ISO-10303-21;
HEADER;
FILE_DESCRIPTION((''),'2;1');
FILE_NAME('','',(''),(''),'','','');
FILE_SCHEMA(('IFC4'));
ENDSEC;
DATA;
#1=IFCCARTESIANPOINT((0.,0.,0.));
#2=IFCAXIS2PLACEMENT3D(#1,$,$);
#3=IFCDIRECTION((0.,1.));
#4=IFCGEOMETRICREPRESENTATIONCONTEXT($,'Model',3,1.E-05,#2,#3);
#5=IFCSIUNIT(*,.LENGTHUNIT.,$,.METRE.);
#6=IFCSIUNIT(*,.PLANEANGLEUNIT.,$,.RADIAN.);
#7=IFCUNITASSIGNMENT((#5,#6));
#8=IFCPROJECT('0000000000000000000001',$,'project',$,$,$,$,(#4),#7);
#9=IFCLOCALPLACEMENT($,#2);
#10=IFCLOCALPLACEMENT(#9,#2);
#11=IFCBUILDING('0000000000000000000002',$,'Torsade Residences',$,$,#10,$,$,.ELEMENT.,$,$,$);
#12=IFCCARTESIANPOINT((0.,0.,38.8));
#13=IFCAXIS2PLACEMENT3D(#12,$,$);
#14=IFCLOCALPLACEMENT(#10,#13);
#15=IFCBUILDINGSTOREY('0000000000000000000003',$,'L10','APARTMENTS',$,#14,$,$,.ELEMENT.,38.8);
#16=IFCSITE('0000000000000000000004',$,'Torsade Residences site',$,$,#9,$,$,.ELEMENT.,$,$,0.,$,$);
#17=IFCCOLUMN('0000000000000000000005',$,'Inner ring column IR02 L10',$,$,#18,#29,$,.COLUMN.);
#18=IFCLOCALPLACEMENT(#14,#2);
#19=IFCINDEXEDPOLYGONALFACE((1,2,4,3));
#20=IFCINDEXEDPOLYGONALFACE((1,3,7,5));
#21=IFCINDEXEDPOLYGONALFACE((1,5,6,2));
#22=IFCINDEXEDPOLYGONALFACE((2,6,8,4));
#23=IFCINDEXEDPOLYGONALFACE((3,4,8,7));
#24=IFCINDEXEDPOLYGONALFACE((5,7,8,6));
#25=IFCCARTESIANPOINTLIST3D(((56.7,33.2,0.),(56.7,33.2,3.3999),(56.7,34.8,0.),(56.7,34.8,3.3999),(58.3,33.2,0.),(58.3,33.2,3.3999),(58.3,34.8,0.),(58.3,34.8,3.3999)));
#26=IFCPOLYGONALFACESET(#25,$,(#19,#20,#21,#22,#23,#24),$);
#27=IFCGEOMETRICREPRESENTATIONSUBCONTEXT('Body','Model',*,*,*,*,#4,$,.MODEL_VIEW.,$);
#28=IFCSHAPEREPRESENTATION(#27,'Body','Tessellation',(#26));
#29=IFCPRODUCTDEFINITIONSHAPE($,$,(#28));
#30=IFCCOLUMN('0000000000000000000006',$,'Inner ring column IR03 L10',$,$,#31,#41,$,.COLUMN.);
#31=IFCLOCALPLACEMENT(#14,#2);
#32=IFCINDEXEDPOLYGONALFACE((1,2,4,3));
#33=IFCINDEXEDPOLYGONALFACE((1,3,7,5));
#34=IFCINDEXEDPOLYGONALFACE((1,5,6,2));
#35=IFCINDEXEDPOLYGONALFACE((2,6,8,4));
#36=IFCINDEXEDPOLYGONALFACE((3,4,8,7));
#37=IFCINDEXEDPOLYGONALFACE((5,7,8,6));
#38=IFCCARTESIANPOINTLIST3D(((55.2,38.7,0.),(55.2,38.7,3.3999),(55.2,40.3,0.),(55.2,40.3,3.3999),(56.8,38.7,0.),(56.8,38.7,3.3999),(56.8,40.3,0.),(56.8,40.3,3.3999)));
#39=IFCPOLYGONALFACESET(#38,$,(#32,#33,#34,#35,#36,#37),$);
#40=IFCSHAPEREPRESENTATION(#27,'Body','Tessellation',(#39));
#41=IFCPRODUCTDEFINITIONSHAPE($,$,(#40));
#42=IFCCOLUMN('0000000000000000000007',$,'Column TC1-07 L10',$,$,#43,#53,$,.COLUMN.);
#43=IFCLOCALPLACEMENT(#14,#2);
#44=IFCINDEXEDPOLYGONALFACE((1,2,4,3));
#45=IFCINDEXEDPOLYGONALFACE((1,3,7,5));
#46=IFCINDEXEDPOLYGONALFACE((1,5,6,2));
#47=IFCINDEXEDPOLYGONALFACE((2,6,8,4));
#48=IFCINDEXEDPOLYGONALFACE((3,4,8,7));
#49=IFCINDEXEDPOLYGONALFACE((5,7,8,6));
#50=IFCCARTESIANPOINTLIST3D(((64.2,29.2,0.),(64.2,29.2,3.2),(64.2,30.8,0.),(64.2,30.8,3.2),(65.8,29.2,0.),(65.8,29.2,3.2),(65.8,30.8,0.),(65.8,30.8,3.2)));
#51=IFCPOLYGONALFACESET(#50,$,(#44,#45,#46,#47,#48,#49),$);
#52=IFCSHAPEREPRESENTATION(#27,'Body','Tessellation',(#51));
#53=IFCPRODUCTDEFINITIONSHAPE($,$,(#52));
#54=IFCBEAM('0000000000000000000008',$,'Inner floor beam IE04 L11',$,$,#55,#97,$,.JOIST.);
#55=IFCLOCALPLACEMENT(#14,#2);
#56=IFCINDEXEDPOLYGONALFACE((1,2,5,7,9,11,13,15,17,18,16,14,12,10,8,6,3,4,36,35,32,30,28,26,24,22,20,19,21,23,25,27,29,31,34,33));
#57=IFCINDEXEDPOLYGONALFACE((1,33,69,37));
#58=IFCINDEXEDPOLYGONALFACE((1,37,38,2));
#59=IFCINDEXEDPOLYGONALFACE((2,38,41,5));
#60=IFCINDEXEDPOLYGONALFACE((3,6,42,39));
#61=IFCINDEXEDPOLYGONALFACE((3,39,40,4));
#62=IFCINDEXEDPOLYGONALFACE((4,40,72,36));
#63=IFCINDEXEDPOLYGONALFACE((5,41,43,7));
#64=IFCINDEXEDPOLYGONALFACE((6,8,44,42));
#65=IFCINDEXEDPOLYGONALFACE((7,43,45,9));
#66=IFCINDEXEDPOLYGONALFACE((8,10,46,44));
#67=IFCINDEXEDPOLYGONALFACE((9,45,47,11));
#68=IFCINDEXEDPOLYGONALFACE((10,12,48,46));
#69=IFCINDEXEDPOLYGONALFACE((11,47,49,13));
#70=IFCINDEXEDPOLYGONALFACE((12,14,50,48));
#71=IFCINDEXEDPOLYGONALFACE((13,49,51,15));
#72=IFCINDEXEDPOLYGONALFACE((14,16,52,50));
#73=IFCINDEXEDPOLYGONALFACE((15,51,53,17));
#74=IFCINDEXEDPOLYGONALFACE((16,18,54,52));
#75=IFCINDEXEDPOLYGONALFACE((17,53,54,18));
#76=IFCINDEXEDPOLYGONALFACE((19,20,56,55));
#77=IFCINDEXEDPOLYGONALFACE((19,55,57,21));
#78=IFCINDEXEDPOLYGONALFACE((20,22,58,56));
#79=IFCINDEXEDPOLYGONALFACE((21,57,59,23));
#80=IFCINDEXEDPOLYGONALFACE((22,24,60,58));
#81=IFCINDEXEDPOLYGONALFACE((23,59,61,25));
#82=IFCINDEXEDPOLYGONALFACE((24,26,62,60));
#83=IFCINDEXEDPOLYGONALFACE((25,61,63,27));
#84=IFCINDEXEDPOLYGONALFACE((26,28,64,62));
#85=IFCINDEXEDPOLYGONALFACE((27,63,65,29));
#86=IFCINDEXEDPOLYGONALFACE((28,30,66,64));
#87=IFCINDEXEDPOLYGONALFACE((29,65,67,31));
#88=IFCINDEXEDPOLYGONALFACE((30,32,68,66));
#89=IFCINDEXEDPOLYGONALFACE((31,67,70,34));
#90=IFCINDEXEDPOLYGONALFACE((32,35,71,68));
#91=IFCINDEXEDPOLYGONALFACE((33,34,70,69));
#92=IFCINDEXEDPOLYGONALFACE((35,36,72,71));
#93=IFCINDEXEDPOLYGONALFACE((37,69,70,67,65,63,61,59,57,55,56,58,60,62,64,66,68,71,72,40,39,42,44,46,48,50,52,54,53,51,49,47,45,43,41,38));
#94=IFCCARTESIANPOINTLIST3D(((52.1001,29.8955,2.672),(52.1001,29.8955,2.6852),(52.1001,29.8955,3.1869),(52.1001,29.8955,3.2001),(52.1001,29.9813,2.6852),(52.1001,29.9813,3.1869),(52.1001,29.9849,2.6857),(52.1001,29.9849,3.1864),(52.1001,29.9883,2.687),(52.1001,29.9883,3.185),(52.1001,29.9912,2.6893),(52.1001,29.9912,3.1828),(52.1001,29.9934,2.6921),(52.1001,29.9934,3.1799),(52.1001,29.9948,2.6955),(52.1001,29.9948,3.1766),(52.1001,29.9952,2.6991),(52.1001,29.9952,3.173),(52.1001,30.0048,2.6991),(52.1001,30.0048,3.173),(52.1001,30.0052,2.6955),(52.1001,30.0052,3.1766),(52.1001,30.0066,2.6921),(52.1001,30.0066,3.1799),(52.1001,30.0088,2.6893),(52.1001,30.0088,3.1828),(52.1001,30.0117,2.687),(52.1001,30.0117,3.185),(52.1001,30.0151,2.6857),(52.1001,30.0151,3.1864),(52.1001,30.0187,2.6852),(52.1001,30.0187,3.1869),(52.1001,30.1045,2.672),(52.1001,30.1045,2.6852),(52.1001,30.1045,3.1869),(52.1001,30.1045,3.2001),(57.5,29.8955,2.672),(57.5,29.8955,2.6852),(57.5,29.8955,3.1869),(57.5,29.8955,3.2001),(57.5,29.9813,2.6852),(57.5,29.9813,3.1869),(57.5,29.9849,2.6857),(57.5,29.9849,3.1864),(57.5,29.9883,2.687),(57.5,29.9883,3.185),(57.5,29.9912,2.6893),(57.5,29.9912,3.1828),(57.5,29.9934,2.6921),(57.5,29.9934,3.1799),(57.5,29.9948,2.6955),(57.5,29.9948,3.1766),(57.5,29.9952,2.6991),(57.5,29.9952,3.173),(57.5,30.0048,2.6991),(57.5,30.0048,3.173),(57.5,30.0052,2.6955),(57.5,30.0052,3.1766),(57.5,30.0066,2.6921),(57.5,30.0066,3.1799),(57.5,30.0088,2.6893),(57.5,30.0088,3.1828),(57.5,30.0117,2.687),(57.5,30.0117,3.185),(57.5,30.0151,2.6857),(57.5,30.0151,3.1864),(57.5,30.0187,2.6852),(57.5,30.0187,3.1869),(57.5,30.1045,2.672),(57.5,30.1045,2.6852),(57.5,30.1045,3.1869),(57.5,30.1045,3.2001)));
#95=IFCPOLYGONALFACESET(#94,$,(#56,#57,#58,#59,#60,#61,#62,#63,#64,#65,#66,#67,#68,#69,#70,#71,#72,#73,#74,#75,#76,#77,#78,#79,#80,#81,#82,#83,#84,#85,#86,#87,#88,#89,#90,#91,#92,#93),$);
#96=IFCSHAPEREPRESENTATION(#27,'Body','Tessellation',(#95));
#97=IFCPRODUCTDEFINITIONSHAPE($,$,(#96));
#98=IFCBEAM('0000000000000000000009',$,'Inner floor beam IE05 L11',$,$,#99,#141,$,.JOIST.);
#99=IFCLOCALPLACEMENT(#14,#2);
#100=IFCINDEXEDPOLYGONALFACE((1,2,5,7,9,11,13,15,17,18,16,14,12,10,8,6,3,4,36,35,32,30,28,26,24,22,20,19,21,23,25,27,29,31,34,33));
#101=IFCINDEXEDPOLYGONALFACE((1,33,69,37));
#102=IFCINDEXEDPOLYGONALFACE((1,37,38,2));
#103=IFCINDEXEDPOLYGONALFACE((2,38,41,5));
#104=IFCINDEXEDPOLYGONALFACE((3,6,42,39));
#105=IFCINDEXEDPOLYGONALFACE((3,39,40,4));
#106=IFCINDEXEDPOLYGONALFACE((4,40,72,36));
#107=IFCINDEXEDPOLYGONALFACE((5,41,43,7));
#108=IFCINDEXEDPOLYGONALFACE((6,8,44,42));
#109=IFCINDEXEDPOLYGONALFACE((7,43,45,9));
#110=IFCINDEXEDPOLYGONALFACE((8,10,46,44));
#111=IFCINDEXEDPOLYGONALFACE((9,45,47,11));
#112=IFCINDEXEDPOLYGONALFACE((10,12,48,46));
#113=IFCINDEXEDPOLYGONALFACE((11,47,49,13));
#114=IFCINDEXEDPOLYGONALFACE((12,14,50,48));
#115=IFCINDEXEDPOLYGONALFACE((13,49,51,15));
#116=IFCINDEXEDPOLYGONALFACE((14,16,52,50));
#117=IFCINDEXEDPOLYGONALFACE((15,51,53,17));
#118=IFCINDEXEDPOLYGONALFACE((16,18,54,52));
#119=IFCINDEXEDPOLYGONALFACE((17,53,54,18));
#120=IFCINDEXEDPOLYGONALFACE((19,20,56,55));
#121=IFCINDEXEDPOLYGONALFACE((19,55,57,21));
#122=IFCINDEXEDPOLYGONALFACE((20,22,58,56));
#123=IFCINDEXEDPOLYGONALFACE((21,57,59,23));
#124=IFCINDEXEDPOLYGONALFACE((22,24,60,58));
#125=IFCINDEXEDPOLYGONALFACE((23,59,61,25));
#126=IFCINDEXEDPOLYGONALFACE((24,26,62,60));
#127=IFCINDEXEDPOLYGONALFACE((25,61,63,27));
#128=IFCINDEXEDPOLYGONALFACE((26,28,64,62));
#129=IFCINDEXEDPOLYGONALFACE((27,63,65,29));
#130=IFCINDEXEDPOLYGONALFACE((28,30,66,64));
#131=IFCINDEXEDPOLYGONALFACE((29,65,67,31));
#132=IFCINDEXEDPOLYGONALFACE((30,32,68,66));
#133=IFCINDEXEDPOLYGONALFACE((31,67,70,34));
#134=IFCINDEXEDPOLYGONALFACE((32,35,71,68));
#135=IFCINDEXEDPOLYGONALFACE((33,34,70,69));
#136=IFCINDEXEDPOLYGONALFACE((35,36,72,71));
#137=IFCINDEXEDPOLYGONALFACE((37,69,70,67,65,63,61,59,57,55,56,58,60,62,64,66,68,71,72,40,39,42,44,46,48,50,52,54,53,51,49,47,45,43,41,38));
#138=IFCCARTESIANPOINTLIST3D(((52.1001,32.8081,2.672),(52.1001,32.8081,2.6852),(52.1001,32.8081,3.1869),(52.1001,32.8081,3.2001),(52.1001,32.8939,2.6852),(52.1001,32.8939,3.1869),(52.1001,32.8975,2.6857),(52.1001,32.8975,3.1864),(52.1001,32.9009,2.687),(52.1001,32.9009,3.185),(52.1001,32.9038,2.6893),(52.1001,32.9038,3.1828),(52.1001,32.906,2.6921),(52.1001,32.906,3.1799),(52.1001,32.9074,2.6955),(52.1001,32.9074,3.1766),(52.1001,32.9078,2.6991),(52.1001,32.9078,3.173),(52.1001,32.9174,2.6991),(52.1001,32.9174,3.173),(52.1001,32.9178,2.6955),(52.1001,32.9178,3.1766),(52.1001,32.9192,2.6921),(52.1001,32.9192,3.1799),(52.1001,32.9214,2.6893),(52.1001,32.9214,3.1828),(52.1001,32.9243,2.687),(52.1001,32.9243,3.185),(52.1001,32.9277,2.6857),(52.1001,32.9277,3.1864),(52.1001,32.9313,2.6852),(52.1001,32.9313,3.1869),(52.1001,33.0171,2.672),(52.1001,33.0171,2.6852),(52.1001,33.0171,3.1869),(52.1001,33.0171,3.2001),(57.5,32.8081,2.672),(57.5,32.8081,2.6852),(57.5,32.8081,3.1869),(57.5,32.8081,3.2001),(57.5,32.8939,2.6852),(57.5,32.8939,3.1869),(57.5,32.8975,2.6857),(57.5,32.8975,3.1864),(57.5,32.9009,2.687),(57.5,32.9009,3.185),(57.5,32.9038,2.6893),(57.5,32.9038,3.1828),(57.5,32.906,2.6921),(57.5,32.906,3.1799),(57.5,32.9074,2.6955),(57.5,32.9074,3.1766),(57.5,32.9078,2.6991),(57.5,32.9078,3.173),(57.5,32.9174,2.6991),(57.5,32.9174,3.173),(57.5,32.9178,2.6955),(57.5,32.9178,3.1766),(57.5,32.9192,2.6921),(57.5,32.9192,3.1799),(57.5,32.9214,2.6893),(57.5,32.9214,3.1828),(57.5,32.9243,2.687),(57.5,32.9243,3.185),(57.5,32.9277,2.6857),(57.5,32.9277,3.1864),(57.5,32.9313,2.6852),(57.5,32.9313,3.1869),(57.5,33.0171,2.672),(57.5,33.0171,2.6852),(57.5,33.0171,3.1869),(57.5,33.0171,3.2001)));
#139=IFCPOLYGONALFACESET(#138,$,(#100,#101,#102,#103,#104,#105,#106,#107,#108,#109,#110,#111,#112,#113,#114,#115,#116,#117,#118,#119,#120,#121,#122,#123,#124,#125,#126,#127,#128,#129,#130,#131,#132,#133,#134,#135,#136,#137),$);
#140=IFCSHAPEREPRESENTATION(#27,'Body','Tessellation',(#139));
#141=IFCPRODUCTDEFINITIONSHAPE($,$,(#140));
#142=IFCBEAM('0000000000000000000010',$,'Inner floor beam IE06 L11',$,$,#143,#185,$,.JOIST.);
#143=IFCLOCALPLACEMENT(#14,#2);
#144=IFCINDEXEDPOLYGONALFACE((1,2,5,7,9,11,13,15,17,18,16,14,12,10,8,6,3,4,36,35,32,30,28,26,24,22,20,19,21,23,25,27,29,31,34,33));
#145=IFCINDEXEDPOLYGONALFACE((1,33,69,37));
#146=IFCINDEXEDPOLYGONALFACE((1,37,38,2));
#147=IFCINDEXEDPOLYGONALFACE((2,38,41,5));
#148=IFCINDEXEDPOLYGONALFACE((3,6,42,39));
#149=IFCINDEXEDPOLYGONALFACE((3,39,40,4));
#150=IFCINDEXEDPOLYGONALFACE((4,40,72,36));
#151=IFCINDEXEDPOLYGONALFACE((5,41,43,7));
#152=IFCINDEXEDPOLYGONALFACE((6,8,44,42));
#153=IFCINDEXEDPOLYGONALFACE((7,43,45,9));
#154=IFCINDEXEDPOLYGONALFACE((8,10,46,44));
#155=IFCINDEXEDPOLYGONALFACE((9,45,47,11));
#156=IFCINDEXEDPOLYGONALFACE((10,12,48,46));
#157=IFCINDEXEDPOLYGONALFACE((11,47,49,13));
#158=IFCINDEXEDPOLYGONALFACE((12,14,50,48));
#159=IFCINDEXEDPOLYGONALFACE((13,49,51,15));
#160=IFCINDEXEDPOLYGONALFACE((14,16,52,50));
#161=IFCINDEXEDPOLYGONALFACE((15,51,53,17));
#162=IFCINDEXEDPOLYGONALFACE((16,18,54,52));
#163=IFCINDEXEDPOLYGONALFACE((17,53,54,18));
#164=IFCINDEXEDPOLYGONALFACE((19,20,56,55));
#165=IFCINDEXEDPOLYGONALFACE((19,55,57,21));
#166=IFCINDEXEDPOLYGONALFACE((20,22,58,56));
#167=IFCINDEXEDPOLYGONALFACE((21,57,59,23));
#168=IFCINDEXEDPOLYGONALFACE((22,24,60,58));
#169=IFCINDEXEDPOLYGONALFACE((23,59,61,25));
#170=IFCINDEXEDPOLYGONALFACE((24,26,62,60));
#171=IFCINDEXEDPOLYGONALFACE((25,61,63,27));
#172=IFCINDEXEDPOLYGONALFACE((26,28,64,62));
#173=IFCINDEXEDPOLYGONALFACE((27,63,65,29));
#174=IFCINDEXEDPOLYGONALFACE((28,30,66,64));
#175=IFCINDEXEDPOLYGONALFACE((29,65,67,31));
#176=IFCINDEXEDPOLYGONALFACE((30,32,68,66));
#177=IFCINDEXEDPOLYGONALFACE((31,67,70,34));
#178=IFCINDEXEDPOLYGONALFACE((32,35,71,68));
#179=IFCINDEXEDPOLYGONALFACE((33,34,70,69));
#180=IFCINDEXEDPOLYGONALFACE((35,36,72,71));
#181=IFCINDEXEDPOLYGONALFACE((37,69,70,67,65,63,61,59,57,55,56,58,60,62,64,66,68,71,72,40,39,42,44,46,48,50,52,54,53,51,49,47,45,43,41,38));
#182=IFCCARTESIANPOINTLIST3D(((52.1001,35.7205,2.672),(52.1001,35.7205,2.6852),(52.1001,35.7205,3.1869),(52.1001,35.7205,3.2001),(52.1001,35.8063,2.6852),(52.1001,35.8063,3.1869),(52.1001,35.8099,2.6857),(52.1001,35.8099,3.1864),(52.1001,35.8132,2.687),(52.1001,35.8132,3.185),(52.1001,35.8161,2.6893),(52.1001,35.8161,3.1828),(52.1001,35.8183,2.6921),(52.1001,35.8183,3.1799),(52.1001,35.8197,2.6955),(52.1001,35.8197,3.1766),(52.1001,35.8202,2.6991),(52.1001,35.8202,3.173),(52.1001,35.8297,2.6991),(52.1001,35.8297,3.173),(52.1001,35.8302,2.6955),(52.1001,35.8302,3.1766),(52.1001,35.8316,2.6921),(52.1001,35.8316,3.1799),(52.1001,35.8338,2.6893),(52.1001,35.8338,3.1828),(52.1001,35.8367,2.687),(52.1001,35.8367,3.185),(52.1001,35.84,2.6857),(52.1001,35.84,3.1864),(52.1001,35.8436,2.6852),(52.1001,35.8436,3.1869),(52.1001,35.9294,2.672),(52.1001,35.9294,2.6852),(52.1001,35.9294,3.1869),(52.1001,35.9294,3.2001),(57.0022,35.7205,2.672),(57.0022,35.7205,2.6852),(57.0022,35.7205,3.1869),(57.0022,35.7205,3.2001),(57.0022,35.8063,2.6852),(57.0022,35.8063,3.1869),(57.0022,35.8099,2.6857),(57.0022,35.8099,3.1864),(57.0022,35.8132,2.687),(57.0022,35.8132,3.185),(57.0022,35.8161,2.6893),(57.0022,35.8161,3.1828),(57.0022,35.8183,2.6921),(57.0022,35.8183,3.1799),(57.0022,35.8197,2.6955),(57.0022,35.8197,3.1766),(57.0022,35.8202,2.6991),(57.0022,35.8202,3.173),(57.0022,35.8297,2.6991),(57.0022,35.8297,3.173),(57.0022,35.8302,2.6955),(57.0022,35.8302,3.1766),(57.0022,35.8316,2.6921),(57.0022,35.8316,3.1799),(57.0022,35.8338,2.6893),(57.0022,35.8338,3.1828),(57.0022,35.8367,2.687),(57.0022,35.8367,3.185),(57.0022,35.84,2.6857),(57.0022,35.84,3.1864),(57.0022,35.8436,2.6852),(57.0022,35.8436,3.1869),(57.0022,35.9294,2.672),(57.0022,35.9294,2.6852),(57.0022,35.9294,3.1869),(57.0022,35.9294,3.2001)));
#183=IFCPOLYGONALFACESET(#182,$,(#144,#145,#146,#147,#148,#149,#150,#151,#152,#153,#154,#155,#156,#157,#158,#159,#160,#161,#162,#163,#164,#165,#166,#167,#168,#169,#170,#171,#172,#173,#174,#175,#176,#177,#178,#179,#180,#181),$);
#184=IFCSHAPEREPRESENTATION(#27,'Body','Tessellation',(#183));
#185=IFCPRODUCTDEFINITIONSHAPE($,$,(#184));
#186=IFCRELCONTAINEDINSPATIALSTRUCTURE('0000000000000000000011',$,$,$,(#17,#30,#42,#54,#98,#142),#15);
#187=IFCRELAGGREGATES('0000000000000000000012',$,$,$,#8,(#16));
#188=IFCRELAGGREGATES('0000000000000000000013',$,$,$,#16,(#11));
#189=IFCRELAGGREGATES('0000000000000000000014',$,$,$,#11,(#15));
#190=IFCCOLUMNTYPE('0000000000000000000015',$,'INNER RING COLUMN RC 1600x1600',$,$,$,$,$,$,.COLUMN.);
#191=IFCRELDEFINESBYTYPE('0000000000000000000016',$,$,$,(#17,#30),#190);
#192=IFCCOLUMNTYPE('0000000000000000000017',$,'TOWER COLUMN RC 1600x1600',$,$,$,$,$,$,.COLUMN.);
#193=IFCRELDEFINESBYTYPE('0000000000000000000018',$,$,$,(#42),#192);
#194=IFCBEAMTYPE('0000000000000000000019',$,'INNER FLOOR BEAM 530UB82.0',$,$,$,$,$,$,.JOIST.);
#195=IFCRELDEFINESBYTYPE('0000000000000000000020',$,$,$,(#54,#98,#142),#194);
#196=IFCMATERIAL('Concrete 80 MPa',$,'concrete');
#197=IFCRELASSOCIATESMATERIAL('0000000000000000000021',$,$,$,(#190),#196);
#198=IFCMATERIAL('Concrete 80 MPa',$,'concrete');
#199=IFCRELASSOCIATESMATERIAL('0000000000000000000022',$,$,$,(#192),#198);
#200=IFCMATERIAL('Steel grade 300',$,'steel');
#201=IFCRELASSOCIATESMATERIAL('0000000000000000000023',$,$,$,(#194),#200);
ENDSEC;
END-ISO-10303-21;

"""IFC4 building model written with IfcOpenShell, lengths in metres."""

from ifc_helpers import new_model, si_unit, direction, frame, origin, origin_2d, place, context, subcontext, project, spatial, rectangle, i_section, extrude, material, material_profile, profile_set, type_object, element, save


model = new_model("IFC4")

# Units and contexts
model_context = context("Model", 3, precision=1e-05, world=origin(), true_north=direction((0.0, 1.0)))
body_context = subcontext(model_context, "Body", "Model", "MODEL_VIEW")
ifc_project = project(units=[si_unit("LENGTHUNIT", "METRE"), si_unit("PLANEANGLEUNIT", "RADIAN")], contexts=[model_context])

# Site, building, storey
site_placement = place(None, origin())
site = spatial("IfcSite", under=ifc_project, at=site_placement, Name="Torsade Residences site", CompositionType="ELEMENT", RefElevation=0.0)
building_placement = place(site_placement, origin())
building = spatial("IfcBuilding", under=site, at=building_placement, Name="Torsade Residences", CompositionType="ELEMENT")
storey_placement = place(building_placement, frame((0.0, 0.0, 38.8)))
storey = spatial("IfcBuildingStorey", under=building, at=storey_placement, Name="L10", Description="APARTMENTS", CompositionType="ELEMENT", Elevation=38.8)

# Columns
ifc_material_1 = material(Name="Concrete 80 MPa", Category="concrete")
ifc_material_profile_1 = material_profile(ifc_material_1, rectangle(XDim=1.6001, YDim=1.6001, at=origin_2d()), Name="RC 1600x1600")
ifc_profile_set_1 = profile_set([ifc_material_profile_1], Name="Concrete 80 MPa")
column_type_1 = type_object("IfcColumnType", Name="INNER RING COLUMN RC 1600x1600", PredefinedType="COLUMN", material=ifc_profile_set_1)
for number, where, z_axis, x_axis, name in (
    (1, (57.5, 34.0, 0.0), (0.0, 0.0, 1.0), (1.0, 0.0, 0.0), "Inner ring column IR02 L10"),
    (2, (56.0, 39.5, 0.0), (0.0, 0.0, 1.0), (1.0, 0.0, 0.0), "Inner ring column IR03 L10"),
):
    element("IfcColumn", number, at=place(storey_placement, frame(where, z_axis=z_axis, x_axis=x_axis)), inside=storey, type_object=column_type_1, Name=name, PredefinedType="COLUMN", context=body_context, shape_type="SweptSolid", body=[
        extrude(rectangle(XDim=1.6001, YDim=1.6001, at=origin_2d()), origin(), (0.0, 0.0, 1.0), 3.3999),
    ])
ifc_material_2 = material(Name="Concrete 80 MPa", Category="concrete")
ifc_material_profile_2 = material_profile(ifc_material_2, rectangle(XDim=1.6001, YDim=1.6001, at=origin_2d()), Name="RC 1600x1600")
ifc_profile_set_2 = profile_set([ifc_material_profile_2], Name="Concrete 80 MPa")
column_type_2 = type_object("IfcColumnType", Name="TOWER COLUMN RC 1600x1600", PredefinedType="COLUMN", material=ifc_profile_set_2)
column_placement = place(storey_placement, frame((65.0, 30.0, 0.0), z_axis=(0.0, 0.0, 1.0), x_axis=(1.0, 0.0, 0.0)))
element("IfcColumn", 3, at=column_placement, inside=storey, type_object=column_type_2, Name="Column TC1-07 L10", PredefinedType="COLUMN", context=body_context, shape_type="SweptSolid", body=[
    extrude(rectangle(XDim=1.6001, YDim=1.6001, at=origin_2d()), origin(), (0.0, 0.0, 1.0), 3.2),
])

# Beams
ifc_material_3 = material(Name="Steel grade 300", Category="steel")
ifc_material_profile_3 = material_profile(ifc_material_3, i_section(OverallWidth=0.209, OverallDepth=0.5281, WebThickness=0.0095, FlangeThickness=0.0132, FilletRadius=0.0139, at=origin_2d()), Name="530UB82.0")
ifc_profile_set_3 = profile_set([ifc_material_profile_3], Name="Steel grade 300")
beam_type_1 = type_object("IfcBeamType", Name="INNER FLOOR BEAM 530UB82.0", PredefinedType="JOIST", material=ifc_profile_set_3)
for number, where, z_axis, x_axis, name in (
    (4, (52.1001, 30.0, 2.936), (1.0, 0.0, 0.0), (0.0, 1.0, 0.0), "Inner floor beam IE04 L11"),
    (5, (52.1001, 32.9126, 2.936), (1.0, 0.0, 0.0), (0.0, 1.0, 0.0), "Inner floor beam IE05 L11"),
):
    element("IfcBeam", number, at=place(storey_placement, frame(where, z_axis=z_axis, x_axis=x_axis)), inside=storey, type_object=beam_type_1, Name=name, PredefinedType="JOIST", context=body_context, shape_type="SweptSolid", body=[
        extrude(i_section(OverallWidth=0.209, OverallDepth=0.5281, WebThickness=0.0095, FlangeThickness=0.0132, FilletRadius=0.0139, at=origin_2d()), origin(), (0.0, 0.0, 1.0), 5.3999),
    ])
beam_1_placement = place(storey_placement, frame((52.1001, 35.825, 2.936), z_axis=(1.0, 0.0, 0.0), x_axis=(0.0, 1.0, 0.0)))
element("IfcBeam", 6, at=beam_1_placement, inside=storey, type_object=beam_type_1, Name="Inner floor beam IE06 L11", PredefinedType="JOIST", context=body_context, shape_type="SweptSolid", body=[
    extrude(i_section(OverallWidth=0.209, OverallDepth=0.5281, WebThickness=0.0095, FlangeThickness=0.0132, FilletRadius=0.0139, at=origin_2d()), origin(), (0.0, 0.0, 1.0), 4.9021),
])

save(model, "model.ifc")
